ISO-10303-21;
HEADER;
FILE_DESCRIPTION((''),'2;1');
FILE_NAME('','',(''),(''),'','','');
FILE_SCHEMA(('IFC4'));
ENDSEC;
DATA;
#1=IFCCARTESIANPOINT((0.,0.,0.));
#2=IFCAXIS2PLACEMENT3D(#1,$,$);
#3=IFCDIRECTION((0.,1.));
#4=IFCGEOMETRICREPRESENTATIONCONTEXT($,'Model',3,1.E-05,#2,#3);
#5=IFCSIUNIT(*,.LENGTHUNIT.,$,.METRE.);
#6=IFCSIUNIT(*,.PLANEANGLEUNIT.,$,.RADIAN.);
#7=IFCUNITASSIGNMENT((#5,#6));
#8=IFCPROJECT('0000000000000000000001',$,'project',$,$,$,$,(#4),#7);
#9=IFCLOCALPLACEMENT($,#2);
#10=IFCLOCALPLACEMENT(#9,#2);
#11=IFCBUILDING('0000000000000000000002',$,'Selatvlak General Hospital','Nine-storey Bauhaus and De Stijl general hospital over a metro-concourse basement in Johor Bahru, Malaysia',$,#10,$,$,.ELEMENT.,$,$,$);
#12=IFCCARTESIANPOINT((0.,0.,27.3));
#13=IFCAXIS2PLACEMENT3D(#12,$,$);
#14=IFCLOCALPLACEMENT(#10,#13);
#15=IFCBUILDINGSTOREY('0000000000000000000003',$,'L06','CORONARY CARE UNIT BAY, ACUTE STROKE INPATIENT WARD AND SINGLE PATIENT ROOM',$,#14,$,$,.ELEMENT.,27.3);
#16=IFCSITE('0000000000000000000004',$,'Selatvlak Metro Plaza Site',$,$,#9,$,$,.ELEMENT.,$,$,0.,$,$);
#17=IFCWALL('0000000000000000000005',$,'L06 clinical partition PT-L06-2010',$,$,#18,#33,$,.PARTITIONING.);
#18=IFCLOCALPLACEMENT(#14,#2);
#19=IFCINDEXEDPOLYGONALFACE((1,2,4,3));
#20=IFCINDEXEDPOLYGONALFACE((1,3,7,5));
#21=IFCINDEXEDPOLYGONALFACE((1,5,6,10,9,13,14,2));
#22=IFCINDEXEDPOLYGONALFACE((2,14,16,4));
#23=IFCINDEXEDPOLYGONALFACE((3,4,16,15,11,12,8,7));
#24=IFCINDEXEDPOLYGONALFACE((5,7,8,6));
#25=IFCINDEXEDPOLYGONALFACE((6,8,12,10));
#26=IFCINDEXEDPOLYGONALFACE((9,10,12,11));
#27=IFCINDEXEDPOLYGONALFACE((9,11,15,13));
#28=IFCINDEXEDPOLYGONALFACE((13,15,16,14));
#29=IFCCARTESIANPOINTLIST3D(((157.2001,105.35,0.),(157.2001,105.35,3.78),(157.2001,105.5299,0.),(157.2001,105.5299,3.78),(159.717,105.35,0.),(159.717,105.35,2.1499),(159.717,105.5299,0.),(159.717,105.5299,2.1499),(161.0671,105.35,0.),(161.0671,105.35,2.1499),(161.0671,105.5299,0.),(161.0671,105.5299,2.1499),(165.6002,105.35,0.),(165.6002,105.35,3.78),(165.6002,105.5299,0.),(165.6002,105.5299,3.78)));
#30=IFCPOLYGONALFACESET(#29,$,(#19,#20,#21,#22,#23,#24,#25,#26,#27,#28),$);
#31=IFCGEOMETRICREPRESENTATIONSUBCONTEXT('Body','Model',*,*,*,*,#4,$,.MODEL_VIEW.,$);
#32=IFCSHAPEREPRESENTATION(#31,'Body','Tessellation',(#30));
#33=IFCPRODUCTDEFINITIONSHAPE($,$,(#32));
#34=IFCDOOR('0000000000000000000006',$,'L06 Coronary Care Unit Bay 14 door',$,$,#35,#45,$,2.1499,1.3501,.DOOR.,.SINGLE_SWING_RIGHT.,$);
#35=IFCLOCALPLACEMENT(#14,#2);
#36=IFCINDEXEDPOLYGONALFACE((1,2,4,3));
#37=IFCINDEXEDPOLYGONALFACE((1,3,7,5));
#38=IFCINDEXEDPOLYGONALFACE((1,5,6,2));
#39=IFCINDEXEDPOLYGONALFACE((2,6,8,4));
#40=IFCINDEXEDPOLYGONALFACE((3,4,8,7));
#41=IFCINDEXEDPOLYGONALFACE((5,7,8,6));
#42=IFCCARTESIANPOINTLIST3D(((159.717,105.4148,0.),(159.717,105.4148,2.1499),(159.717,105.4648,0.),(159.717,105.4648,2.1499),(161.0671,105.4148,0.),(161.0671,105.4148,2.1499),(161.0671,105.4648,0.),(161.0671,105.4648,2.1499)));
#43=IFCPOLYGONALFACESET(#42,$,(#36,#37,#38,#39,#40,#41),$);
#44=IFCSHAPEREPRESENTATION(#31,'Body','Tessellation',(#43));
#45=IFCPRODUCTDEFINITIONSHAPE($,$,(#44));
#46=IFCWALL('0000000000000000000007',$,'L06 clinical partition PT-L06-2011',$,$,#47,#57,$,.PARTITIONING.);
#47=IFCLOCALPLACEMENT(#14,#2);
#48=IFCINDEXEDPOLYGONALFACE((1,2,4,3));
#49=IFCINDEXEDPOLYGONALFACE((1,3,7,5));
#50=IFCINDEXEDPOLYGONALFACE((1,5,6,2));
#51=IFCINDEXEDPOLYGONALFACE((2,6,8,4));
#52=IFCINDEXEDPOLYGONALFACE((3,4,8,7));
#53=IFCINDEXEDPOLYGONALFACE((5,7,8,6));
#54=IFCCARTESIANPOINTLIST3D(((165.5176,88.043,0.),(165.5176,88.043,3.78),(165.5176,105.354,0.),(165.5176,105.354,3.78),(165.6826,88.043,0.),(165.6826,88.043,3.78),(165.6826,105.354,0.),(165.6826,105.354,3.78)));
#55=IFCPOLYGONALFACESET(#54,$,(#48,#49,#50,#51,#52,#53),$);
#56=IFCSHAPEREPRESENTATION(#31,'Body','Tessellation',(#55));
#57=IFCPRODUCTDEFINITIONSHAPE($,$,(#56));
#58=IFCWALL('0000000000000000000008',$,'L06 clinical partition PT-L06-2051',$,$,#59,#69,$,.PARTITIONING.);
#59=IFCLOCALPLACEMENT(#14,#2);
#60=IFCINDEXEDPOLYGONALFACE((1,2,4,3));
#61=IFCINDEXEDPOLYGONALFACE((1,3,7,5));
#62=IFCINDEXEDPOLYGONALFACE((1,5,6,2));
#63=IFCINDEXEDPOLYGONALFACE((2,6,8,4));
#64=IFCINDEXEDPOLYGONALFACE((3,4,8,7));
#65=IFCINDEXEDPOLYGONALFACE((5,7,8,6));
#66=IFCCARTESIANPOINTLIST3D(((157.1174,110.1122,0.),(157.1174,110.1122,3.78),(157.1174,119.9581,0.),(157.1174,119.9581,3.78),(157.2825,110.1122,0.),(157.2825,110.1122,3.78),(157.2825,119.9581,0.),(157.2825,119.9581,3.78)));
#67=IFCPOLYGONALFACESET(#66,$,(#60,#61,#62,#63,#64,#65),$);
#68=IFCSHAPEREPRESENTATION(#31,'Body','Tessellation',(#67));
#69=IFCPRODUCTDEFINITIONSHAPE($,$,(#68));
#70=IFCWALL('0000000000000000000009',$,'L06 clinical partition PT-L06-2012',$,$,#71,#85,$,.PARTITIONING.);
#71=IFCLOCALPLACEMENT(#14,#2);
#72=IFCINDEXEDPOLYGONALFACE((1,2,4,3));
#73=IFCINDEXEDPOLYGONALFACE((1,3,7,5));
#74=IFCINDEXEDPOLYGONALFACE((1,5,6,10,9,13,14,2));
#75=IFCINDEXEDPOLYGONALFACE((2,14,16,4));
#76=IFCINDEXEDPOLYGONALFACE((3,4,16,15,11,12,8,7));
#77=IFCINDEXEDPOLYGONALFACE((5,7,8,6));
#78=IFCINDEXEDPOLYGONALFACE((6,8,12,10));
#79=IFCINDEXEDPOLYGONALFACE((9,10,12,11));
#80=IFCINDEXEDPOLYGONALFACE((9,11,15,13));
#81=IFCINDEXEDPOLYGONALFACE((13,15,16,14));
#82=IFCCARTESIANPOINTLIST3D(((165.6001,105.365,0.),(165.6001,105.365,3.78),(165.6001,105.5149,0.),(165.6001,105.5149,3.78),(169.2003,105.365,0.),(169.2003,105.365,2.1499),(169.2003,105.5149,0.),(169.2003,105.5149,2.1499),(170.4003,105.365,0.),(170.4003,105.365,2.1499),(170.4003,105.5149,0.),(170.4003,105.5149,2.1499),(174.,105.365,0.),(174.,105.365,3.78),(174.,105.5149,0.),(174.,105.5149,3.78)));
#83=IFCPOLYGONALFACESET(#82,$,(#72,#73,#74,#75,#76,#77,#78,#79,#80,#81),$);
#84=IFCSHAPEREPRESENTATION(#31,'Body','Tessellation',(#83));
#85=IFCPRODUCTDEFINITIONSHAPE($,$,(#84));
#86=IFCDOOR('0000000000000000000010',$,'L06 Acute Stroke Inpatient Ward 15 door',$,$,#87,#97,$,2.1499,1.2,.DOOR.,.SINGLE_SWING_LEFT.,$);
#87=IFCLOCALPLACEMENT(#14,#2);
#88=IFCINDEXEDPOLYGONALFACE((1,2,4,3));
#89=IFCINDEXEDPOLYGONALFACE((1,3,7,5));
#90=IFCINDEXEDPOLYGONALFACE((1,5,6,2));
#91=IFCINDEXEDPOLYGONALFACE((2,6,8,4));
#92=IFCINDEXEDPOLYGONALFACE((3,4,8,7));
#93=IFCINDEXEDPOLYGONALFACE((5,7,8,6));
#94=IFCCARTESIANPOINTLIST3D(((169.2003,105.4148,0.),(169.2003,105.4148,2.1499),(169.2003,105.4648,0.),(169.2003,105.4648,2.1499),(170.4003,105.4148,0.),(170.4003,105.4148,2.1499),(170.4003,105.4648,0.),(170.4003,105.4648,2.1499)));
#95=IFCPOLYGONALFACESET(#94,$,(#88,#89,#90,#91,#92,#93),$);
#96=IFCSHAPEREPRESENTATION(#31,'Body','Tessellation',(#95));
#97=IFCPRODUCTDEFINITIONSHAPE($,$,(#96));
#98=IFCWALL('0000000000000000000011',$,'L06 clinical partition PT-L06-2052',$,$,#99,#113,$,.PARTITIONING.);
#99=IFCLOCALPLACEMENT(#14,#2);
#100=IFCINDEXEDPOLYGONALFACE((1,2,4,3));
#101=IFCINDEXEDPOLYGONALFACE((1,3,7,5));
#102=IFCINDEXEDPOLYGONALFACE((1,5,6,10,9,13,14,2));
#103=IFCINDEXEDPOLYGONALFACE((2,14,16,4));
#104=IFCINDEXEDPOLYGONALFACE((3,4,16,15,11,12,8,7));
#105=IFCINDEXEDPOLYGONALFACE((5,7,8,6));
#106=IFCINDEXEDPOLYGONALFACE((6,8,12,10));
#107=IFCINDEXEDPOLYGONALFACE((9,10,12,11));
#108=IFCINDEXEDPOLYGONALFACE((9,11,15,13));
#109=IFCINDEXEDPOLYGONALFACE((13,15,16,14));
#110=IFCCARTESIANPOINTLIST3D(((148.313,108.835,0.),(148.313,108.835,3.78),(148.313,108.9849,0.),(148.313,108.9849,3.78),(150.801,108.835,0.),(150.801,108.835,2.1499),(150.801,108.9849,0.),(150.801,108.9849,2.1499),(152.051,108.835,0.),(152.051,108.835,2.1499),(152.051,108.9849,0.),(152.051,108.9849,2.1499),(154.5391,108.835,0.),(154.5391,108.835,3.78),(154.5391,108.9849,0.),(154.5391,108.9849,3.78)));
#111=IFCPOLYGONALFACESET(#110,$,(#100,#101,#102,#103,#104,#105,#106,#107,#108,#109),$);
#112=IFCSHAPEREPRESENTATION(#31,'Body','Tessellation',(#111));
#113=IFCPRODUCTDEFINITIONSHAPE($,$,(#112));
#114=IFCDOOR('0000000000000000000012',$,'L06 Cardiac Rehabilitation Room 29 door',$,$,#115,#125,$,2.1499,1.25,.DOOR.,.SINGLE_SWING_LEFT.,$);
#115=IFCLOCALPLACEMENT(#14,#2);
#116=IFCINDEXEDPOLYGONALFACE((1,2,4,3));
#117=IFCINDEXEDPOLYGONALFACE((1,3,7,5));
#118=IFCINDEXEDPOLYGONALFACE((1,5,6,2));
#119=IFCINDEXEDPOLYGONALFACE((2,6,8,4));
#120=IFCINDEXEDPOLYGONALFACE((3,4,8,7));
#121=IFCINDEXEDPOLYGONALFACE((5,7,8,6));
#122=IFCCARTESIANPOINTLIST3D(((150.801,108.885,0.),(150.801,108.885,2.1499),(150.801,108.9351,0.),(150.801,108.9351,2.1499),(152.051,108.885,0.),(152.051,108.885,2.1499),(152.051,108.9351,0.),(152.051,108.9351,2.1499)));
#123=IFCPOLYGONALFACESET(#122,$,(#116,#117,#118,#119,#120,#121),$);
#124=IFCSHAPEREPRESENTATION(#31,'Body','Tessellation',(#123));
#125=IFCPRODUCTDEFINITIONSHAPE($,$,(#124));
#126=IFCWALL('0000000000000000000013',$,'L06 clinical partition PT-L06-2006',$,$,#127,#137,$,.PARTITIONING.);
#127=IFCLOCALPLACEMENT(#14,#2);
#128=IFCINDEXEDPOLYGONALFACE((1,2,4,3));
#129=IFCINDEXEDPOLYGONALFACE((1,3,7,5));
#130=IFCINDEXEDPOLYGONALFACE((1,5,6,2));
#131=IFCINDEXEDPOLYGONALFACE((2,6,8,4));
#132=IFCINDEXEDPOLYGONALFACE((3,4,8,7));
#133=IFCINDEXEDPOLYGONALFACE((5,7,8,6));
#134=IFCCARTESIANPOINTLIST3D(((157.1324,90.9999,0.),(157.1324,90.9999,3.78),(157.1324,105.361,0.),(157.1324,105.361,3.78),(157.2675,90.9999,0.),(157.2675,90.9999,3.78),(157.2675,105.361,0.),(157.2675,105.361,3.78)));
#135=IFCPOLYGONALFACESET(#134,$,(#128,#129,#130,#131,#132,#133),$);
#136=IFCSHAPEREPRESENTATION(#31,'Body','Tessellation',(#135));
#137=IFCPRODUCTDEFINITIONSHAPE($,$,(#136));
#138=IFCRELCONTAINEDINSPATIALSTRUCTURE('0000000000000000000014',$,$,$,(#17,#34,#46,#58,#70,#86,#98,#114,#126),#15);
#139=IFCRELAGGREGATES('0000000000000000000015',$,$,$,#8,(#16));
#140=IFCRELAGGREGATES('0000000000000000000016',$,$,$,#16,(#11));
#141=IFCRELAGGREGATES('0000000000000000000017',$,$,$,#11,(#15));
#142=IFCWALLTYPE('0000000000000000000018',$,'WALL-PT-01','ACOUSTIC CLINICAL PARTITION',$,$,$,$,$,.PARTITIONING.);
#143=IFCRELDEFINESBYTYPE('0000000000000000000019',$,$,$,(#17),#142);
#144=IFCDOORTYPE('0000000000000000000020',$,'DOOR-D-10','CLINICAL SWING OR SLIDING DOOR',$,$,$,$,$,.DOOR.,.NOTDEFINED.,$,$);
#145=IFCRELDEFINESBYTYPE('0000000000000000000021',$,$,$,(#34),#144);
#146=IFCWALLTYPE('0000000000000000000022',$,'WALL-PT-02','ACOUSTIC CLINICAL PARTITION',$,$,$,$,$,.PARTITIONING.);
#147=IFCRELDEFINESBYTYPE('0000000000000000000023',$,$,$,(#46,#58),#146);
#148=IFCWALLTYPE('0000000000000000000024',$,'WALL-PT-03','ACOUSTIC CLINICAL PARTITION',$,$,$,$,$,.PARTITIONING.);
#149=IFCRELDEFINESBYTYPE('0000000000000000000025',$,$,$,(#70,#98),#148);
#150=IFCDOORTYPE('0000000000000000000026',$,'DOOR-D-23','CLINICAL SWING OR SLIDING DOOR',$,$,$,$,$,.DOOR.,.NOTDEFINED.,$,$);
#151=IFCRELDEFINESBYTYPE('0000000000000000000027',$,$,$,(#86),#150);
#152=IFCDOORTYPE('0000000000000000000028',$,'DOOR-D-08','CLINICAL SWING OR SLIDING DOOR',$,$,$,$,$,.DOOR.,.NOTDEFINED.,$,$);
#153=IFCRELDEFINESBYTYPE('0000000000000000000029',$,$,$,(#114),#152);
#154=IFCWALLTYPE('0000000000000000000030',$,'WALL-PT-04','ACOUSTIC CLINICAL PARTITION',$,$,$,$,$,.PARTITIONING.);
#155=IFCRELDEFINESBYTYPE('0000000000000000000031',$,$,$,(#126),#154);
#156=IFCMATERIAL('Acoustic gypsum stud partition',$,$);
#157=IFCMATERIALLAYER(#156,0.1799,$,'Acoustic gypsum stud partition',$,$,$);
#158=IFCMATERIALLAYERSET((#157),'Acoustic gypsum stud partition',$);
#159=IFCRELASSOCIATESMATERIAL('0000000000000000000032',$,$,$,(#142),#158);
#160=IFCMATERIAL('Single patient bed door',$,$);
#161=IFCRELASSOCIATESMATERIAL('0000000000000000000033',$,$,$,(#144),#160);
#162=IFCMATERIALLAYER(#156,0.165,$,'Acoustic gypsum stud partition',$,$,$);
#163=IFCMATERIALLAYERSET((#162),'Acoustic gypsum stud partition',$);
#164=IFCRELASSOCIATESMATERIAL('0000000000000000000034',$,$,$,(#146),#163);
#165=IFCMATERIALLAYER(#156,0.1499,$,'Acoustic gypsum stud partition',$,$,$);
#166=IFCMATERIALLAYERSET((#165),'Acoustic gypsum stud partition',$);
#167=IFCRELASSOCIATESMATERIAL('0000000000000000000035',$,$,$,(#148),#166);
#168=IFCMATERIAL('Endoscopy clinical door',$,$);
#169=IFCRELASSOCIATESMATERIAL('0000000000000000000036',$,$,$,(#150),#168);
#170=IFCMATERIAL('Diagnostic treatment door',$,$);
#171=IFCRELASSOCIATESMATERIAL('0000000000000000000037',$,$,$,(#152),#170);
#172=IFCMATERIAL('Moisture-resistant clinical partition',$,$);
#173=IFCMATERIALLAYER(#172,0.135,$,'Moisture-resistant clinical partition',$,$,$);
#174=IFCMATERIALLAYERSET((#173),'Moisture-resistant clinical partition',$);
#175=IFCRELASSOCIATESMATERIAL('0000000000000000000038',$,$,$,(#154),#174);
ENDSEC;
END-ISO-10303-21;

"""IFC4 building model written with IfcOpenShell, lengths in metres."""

from ifc_helpers import new_model, si_unit, direction, frame, frame_2d, origin, place, context, subcontext, project, spatial, rectangle, extrude, material, layer, layer_set, type_object, element, fill, save


model = new_model("IFC4")

# Units and contexts
model_context = context("Model", 3, precision=1e-05, world=origin(), true_north=direction((0.0, 1.0)))
body_context = subcontext(model_context, "Body", "Model", "MODEL_VIEW")
ifc_project = project(units=[si_unit("LENGTHUNIT", "METRE"), si_unit("PLANEANGLEUNIT", "RADIAN")], contexts=[model_context])

# Site, building, storey
site_placement = place(None, origin())
site = spatial("IfcSite", under=ifc_project, at=site_placement, Name="Selatvlak Metro Plaza Site", CompositionType="ELEMENT", RefElevation=0.0)
building_placement = place(site_placement, origin())
building = spatial("IfcBuilding", under=site, at=building_placement, Name="Selatvlak General Hospital", Description="Nine-storey Bauhaus and De Stijl general hospital over a metro-concourse basement in Johor Bahru, Malaysia", CompositionType="ELEMENT")
storey_placement = place(building_placement, frame((0.0, 0.0, 27.3)))
storey = spatial("IfcBuildingStorey", under=building, at=storey_placement, Name="L06", Description="CORONARY CARE UNIT BAY, ACUTE STROKE INPATIENT WARD AND SINGLE PATIENT ROOM", CompositionType="ELEMENT", Elevation=27.3)

# Wall, opening, door
ifc_material_1 = material(Name="Acoustic gypsum stud partition")
ifc_layer_1 = layer(ifc_material_1, 0.1799, Name="Acoustic gypsum stud partition")
ifc_layer_set_1 = layer_set([ifc_layer_1], Name="Acoustic gypsum stud partition")
wall_type_1 = type_object("IfcWallType", Name="WALL-PT-01", Description="ACOUSTIC CLINICAL PARTITION", PredefinedType="PARTITIONING", material=ifc_layer_set_1)
wall_1_placement = place(storey_placement, frame((157.2, 105.4399, 0.0), z_axis=(0.0, 0.0, 1.0), x_axis=(1.0, 0.0, 0.0)))
wall_1 = element("IfcWall", 1, at=wall_1_placement, inside=storey, type_object=wall_type_1, Name="L06 clinical partition PT-L06-2010", PredefinedType="PARTITIONING", context=body_context, shape_type="SweptSolid", body=[
    extrude(rectangle(XDim=8.4001, YDim=0.1799, at=frame_2d((4.2002, 0.0))), origin(), (0.0, 0.0, 1.0), 3.78),
])
opening_1_placement = place(wall_1_placement, frame((2.5171, 0.0, 0.0)))
opening_1 = element("IfcOpeningElement", 2, at=opening_1_placement, cuts=wall_1, PredefinedType="OPENING", context=body_context, shape_type="SweptSolid", body=[
    extrude(rectangle(XDim=1.3501, YDim=2.1499, at=frame_2d((0.675, 1.075))), frame((0.0, 0.0999, 0.0), z_axis=(0.0, -1.0, 0.0), x_axis=(1.0, 0.0, 0.0)), (0.0, 0.0, 1.0), 0.2),
])
ifc_material_2 = material(Name="Single patient bed door")
door_type_1 = type_object("IfcDoorType", Name="DOOR-D-10", Description="CLINICAL SWING OR SLIDING DOOR", OperationType="NOTDEFINED", PredefinedType="DOOR", material=ifc_material_2)
door_1_placement = place(opening_1_placement, origin())
door_1 = element("IfcDoor", 3, at=door_1_placement, inside=storey, type_object=door_type_1, Name="L06 Coronary Care Unit Bay 14 door", OperationType="SINGLE_SWING_RIGHT", OverallHeight=2.1499, OverallWidth=1.3501, PredefinedType="DOOR", context=body_context, shape_type="SweptSolid", body=[
    extrude(rectangle(XDim=1.3501, YDim=2.1499, at=frame_2d((0.675, 1.075))), frame((0.0, 0.0249, 0.0), z_axis=(0.0, -1.0, 0.0), x_axis=(1.0, 0.0, 0.0)), (0.0, 0.0, 1.0), 0.05),
])
fill(opening_1, door_1)

# Walls
ifc_layer_2 = layer(ifc_material_1, 0.165, Name="Acoustic gypsum stud partition")
ifc_layer_set_2 = layer_set([ifc_layer_2], Name="Acoustic gypsum stud partition")
wall_type_2 = type_object("IfcWallType", Name="WALL-PT-02", Description="ACOUSTIC CLINICAL PARTITION", PredefinedType="PARTITIONING", material=ifc_layer_set_2)
wall_2_placement = place(storey_placement, frame((165.6001, 105.354, 0.0), z_axis=(0.0, 0.0, 1.0), x_axis=(0.0, -1.0, 0.0)))
element("IfcWall", 4, at=wall_2_placement, inside=storey, type_object=wall_type_2, Name="L06 clinical partition PT-L06-2011", PredefinedType="PARTITIONING", context=body_context, shape_type="SweptSolid", body=[
    extrude(rectangle(XDim=17.311, YDim=0.165, at=frame_2d((8.6555, 0.0))), origin(), (0.0, 0.0, 1.0), 3.78),
])
wall_3_placement = place(storey_placement, frame((157.2, 119.958, 0.0), z_axis=(0.0, 0.0, 1.0), x_axis=(0.0, -1.0, 0.0)))
element("IfcWall", 5, at=wall_3_placement, inside=storey, type_object=wall_type_2, Name="L06 clinical partition PT-L06-2051", PredefinedType="PARTITIONING", context=body_context, shape_type="SweptSolid", body=[
    extrude(rectangle(XDim=9.8459, YDim=0.165, at=frame_2d((4.9229, 0.0))), origin(), (0.0, 0.0, 1.0), 3.78),
])

# Walls, openings, doors
ifc_layer_3 = layer(ifc_material_1, 0.1499, Name="Acoustic gypsum stud partition")
ifc_layer_set_3 = layer_set([ifc_layer_3], Name="Acoustic gypsum stud partition")
wall_type_3 = type_object("IfcWallType", Name="WALL-PT-03", Description="ACOUSTIC CLINICAL PARTITION", PredefinedType="PARTITIONING", material=ifc_layer_set_3)
wall_4_placement = place(storey_placement, frame((165.6001, 105.4399, 0.0), z_axis=(0.0, 0.0, 1.0), x_axis=(1.0, 0.0, 0.0)))
wall_4 = element("IfcWall", 6, at=wall_4_placement, inside=storey, type_object=wall_type_3, Name="L06 clinical partition PT-L06-2012", PredefinedType="PARTITIONING", context=body_context, shape_type="SweptSolid", body=[
    extrude(rectangle(XDim=8.3999, YDim=0.1499, at=frame_2d((4.2, 0.0))), origin(), (0.0, 0.0, 1.0), 3.78),
])
opening_2_placement = place(wall_4_placement, frame((3.6001, 0.0, 0.0)))
opening_2 = element("IfcOpeningElement", 7, at=opening_2_placement, cuts=wall_4, PredefinedType="OPENING", context=body_context, shape_type="SweptSolid", body=[
    extrude(rectangle(XDim=1.2, YDim=2.1499, at=frame_2d((0.6001, 1.075))), frame((0.0, 0.085, 0.0), z_axis=(0.0, -1.0, 0.0), x_axis=(1.0, 0.0, 0.0)), (0.0, 0.0, 1.0), 0.1699),
])
ifc_material_3 = material(Name="Endoscopy clinical door")
door_type_2 = type_object("IfcDoorType", Name="DOOR-D-23", Description="CLINICAL SWING OR SLIDING DOOR", OperationType="NOTDEFINED", PredefinedType="DOOR", material=ifc_material_3)
door_2_placement = place(opening_2_placement, origin())
door_2 = element("IfcDoor", 8, at=door_2_placement, inside=storey, type_object=door_type_2, Name="L06 Acute Stroke Inpatient Ward 15 door", OperationType="SINGLE_SWING_LEFT", OverallHeight=2.1499, OverallWidth=1.2, PredefinedType="DOOR", context=body_context, shape_type="SweptSolid", body=[
    extrude(rectangle(XDim=1.2, YDim=2.1499, at=frame_2d((0.6001, 1.075))), frame((0.0, 0.0249, 0.0), z_axis=(0.0, -1.0, 0.0), x_axis=(1.0, 0.0, 0.0)), (0.0, 0.0, 1.0), 0.05),
])
fill(opening_2, door_2)
wall_5_placement = place(storey_placement, frame((154.5391, 108.9099, 0.0), z_axis=(0.0, 0.0, 1.0), x_axis=(-1.0, 0.0, 0.0)))
wall_5 = element("IfcWall", 9, at=wall_5_placement, inside=storey, type_object=wall_type_3, Name="L06 clinical partition PT-L06-2052", PredefinedType="PARTITIONING", context=body_context, shape_type="SweptSolid", body=[
    extrude(rectangle(XDim=6.2261, YDim=0.1499, at=frame_2d((3.113, 0.0))), origin(), (0.0, 0.0, 1.0), 3.78),
])
opening_3_placement = place(wall_5_placement, frame((2.488, 0.0, 0.0)))
opening_3 = element("IfcOpeningElement", 10, at=opening_3_placement, cuts=wall_5, PredefinedType="OPENING", context=body_context, shape_type="SweptSolid", body=[
    extrude(rectangle(XDim=1.25, YDim=2.1499, at=frame_2d((0.625, 1.075))), frame((0.0, 0.085, 0.0), z_axis=(0.0, -1.0, 0.0), x_axis=(1.0, 0.0, 0.0)), (0.0, 0.0, 1.0), 0.1699),
])
ifc_material_4 = material(Name="Diagnostic treatment door")
door_type_3 = type_object("IfcDoorType", Name="DOOR-D-08", Description="CLINICAL SWING OR SLIDING DOOR", OperationType="NOTDEFINED", PredefinedType="DOOR", material=ifc_material_4)
door_3_placement = place(opening_3_placement, origin())
door_3 = element("IfcDoor", 11, at=door_3_placement, inside=storey, type_object=door_type_3, Name="L06 Cardiac Rehabilitation Room 29 door", OperationType="SINGLE_SWING_LEFT", OverallHeight=2.1499, OverallWidth=1.25, PredefinedType="DOOR", context=body_context, shape_type="SweptSolid", body=[
    extrude(rectangle(XDim=1.25, YDim=2.1499, at=frame_2d((0.625, 1.075))), frame((0.0, 0.0249, 0.0), z_axis=(0.0, -1.0, 0.0), x_axis=(1.0, 0.0, 0.0)), (0.0, 0.0, 1.0), 0.05),
])
fill(opening_3, door_3)

# Wall
ifc_material_5 = material(Name="Moisture-resistant clinical partition")
ifc_layer_4 = layer(ifc_material_5, 0.135, Name="Moisture-resistant clinical partition")
ifc_layer_set_4 = layer_set([ifc_layer_4], Name="Moisture-resistant clinical partition")
wall_type_4 = type_object("IfcWallType", Name="WALL-PT-04", Description="ACOUSTIC CLINICAL PARTITION", PredefinedType="PARTITIONING", material=ifc_layer_set_4)
wall_6_placement = place(storey_placement, frame((157.2, 105.3611, 0.0), z_axis=(0.0, 0.0, 1.0), x_axis=(0.0, -1.0, 0.0)))
element("IfcWall", 12, at=wall_6_placement, inside=storey, type_object=wall_type_4, Name="L06 clinical partition PT-L06-2006", PredefinedType="PARTITIONING", context=body_context, shape_type="SweptSolid", body=[
    extrude(rectangle(XDim=14.3611, YDim=0.135, at=frame_2d((7.1807, 0.0))), origin(), (0.0, 0.0, 1.0), 3.78),
])

save(model, "model.ifc")
